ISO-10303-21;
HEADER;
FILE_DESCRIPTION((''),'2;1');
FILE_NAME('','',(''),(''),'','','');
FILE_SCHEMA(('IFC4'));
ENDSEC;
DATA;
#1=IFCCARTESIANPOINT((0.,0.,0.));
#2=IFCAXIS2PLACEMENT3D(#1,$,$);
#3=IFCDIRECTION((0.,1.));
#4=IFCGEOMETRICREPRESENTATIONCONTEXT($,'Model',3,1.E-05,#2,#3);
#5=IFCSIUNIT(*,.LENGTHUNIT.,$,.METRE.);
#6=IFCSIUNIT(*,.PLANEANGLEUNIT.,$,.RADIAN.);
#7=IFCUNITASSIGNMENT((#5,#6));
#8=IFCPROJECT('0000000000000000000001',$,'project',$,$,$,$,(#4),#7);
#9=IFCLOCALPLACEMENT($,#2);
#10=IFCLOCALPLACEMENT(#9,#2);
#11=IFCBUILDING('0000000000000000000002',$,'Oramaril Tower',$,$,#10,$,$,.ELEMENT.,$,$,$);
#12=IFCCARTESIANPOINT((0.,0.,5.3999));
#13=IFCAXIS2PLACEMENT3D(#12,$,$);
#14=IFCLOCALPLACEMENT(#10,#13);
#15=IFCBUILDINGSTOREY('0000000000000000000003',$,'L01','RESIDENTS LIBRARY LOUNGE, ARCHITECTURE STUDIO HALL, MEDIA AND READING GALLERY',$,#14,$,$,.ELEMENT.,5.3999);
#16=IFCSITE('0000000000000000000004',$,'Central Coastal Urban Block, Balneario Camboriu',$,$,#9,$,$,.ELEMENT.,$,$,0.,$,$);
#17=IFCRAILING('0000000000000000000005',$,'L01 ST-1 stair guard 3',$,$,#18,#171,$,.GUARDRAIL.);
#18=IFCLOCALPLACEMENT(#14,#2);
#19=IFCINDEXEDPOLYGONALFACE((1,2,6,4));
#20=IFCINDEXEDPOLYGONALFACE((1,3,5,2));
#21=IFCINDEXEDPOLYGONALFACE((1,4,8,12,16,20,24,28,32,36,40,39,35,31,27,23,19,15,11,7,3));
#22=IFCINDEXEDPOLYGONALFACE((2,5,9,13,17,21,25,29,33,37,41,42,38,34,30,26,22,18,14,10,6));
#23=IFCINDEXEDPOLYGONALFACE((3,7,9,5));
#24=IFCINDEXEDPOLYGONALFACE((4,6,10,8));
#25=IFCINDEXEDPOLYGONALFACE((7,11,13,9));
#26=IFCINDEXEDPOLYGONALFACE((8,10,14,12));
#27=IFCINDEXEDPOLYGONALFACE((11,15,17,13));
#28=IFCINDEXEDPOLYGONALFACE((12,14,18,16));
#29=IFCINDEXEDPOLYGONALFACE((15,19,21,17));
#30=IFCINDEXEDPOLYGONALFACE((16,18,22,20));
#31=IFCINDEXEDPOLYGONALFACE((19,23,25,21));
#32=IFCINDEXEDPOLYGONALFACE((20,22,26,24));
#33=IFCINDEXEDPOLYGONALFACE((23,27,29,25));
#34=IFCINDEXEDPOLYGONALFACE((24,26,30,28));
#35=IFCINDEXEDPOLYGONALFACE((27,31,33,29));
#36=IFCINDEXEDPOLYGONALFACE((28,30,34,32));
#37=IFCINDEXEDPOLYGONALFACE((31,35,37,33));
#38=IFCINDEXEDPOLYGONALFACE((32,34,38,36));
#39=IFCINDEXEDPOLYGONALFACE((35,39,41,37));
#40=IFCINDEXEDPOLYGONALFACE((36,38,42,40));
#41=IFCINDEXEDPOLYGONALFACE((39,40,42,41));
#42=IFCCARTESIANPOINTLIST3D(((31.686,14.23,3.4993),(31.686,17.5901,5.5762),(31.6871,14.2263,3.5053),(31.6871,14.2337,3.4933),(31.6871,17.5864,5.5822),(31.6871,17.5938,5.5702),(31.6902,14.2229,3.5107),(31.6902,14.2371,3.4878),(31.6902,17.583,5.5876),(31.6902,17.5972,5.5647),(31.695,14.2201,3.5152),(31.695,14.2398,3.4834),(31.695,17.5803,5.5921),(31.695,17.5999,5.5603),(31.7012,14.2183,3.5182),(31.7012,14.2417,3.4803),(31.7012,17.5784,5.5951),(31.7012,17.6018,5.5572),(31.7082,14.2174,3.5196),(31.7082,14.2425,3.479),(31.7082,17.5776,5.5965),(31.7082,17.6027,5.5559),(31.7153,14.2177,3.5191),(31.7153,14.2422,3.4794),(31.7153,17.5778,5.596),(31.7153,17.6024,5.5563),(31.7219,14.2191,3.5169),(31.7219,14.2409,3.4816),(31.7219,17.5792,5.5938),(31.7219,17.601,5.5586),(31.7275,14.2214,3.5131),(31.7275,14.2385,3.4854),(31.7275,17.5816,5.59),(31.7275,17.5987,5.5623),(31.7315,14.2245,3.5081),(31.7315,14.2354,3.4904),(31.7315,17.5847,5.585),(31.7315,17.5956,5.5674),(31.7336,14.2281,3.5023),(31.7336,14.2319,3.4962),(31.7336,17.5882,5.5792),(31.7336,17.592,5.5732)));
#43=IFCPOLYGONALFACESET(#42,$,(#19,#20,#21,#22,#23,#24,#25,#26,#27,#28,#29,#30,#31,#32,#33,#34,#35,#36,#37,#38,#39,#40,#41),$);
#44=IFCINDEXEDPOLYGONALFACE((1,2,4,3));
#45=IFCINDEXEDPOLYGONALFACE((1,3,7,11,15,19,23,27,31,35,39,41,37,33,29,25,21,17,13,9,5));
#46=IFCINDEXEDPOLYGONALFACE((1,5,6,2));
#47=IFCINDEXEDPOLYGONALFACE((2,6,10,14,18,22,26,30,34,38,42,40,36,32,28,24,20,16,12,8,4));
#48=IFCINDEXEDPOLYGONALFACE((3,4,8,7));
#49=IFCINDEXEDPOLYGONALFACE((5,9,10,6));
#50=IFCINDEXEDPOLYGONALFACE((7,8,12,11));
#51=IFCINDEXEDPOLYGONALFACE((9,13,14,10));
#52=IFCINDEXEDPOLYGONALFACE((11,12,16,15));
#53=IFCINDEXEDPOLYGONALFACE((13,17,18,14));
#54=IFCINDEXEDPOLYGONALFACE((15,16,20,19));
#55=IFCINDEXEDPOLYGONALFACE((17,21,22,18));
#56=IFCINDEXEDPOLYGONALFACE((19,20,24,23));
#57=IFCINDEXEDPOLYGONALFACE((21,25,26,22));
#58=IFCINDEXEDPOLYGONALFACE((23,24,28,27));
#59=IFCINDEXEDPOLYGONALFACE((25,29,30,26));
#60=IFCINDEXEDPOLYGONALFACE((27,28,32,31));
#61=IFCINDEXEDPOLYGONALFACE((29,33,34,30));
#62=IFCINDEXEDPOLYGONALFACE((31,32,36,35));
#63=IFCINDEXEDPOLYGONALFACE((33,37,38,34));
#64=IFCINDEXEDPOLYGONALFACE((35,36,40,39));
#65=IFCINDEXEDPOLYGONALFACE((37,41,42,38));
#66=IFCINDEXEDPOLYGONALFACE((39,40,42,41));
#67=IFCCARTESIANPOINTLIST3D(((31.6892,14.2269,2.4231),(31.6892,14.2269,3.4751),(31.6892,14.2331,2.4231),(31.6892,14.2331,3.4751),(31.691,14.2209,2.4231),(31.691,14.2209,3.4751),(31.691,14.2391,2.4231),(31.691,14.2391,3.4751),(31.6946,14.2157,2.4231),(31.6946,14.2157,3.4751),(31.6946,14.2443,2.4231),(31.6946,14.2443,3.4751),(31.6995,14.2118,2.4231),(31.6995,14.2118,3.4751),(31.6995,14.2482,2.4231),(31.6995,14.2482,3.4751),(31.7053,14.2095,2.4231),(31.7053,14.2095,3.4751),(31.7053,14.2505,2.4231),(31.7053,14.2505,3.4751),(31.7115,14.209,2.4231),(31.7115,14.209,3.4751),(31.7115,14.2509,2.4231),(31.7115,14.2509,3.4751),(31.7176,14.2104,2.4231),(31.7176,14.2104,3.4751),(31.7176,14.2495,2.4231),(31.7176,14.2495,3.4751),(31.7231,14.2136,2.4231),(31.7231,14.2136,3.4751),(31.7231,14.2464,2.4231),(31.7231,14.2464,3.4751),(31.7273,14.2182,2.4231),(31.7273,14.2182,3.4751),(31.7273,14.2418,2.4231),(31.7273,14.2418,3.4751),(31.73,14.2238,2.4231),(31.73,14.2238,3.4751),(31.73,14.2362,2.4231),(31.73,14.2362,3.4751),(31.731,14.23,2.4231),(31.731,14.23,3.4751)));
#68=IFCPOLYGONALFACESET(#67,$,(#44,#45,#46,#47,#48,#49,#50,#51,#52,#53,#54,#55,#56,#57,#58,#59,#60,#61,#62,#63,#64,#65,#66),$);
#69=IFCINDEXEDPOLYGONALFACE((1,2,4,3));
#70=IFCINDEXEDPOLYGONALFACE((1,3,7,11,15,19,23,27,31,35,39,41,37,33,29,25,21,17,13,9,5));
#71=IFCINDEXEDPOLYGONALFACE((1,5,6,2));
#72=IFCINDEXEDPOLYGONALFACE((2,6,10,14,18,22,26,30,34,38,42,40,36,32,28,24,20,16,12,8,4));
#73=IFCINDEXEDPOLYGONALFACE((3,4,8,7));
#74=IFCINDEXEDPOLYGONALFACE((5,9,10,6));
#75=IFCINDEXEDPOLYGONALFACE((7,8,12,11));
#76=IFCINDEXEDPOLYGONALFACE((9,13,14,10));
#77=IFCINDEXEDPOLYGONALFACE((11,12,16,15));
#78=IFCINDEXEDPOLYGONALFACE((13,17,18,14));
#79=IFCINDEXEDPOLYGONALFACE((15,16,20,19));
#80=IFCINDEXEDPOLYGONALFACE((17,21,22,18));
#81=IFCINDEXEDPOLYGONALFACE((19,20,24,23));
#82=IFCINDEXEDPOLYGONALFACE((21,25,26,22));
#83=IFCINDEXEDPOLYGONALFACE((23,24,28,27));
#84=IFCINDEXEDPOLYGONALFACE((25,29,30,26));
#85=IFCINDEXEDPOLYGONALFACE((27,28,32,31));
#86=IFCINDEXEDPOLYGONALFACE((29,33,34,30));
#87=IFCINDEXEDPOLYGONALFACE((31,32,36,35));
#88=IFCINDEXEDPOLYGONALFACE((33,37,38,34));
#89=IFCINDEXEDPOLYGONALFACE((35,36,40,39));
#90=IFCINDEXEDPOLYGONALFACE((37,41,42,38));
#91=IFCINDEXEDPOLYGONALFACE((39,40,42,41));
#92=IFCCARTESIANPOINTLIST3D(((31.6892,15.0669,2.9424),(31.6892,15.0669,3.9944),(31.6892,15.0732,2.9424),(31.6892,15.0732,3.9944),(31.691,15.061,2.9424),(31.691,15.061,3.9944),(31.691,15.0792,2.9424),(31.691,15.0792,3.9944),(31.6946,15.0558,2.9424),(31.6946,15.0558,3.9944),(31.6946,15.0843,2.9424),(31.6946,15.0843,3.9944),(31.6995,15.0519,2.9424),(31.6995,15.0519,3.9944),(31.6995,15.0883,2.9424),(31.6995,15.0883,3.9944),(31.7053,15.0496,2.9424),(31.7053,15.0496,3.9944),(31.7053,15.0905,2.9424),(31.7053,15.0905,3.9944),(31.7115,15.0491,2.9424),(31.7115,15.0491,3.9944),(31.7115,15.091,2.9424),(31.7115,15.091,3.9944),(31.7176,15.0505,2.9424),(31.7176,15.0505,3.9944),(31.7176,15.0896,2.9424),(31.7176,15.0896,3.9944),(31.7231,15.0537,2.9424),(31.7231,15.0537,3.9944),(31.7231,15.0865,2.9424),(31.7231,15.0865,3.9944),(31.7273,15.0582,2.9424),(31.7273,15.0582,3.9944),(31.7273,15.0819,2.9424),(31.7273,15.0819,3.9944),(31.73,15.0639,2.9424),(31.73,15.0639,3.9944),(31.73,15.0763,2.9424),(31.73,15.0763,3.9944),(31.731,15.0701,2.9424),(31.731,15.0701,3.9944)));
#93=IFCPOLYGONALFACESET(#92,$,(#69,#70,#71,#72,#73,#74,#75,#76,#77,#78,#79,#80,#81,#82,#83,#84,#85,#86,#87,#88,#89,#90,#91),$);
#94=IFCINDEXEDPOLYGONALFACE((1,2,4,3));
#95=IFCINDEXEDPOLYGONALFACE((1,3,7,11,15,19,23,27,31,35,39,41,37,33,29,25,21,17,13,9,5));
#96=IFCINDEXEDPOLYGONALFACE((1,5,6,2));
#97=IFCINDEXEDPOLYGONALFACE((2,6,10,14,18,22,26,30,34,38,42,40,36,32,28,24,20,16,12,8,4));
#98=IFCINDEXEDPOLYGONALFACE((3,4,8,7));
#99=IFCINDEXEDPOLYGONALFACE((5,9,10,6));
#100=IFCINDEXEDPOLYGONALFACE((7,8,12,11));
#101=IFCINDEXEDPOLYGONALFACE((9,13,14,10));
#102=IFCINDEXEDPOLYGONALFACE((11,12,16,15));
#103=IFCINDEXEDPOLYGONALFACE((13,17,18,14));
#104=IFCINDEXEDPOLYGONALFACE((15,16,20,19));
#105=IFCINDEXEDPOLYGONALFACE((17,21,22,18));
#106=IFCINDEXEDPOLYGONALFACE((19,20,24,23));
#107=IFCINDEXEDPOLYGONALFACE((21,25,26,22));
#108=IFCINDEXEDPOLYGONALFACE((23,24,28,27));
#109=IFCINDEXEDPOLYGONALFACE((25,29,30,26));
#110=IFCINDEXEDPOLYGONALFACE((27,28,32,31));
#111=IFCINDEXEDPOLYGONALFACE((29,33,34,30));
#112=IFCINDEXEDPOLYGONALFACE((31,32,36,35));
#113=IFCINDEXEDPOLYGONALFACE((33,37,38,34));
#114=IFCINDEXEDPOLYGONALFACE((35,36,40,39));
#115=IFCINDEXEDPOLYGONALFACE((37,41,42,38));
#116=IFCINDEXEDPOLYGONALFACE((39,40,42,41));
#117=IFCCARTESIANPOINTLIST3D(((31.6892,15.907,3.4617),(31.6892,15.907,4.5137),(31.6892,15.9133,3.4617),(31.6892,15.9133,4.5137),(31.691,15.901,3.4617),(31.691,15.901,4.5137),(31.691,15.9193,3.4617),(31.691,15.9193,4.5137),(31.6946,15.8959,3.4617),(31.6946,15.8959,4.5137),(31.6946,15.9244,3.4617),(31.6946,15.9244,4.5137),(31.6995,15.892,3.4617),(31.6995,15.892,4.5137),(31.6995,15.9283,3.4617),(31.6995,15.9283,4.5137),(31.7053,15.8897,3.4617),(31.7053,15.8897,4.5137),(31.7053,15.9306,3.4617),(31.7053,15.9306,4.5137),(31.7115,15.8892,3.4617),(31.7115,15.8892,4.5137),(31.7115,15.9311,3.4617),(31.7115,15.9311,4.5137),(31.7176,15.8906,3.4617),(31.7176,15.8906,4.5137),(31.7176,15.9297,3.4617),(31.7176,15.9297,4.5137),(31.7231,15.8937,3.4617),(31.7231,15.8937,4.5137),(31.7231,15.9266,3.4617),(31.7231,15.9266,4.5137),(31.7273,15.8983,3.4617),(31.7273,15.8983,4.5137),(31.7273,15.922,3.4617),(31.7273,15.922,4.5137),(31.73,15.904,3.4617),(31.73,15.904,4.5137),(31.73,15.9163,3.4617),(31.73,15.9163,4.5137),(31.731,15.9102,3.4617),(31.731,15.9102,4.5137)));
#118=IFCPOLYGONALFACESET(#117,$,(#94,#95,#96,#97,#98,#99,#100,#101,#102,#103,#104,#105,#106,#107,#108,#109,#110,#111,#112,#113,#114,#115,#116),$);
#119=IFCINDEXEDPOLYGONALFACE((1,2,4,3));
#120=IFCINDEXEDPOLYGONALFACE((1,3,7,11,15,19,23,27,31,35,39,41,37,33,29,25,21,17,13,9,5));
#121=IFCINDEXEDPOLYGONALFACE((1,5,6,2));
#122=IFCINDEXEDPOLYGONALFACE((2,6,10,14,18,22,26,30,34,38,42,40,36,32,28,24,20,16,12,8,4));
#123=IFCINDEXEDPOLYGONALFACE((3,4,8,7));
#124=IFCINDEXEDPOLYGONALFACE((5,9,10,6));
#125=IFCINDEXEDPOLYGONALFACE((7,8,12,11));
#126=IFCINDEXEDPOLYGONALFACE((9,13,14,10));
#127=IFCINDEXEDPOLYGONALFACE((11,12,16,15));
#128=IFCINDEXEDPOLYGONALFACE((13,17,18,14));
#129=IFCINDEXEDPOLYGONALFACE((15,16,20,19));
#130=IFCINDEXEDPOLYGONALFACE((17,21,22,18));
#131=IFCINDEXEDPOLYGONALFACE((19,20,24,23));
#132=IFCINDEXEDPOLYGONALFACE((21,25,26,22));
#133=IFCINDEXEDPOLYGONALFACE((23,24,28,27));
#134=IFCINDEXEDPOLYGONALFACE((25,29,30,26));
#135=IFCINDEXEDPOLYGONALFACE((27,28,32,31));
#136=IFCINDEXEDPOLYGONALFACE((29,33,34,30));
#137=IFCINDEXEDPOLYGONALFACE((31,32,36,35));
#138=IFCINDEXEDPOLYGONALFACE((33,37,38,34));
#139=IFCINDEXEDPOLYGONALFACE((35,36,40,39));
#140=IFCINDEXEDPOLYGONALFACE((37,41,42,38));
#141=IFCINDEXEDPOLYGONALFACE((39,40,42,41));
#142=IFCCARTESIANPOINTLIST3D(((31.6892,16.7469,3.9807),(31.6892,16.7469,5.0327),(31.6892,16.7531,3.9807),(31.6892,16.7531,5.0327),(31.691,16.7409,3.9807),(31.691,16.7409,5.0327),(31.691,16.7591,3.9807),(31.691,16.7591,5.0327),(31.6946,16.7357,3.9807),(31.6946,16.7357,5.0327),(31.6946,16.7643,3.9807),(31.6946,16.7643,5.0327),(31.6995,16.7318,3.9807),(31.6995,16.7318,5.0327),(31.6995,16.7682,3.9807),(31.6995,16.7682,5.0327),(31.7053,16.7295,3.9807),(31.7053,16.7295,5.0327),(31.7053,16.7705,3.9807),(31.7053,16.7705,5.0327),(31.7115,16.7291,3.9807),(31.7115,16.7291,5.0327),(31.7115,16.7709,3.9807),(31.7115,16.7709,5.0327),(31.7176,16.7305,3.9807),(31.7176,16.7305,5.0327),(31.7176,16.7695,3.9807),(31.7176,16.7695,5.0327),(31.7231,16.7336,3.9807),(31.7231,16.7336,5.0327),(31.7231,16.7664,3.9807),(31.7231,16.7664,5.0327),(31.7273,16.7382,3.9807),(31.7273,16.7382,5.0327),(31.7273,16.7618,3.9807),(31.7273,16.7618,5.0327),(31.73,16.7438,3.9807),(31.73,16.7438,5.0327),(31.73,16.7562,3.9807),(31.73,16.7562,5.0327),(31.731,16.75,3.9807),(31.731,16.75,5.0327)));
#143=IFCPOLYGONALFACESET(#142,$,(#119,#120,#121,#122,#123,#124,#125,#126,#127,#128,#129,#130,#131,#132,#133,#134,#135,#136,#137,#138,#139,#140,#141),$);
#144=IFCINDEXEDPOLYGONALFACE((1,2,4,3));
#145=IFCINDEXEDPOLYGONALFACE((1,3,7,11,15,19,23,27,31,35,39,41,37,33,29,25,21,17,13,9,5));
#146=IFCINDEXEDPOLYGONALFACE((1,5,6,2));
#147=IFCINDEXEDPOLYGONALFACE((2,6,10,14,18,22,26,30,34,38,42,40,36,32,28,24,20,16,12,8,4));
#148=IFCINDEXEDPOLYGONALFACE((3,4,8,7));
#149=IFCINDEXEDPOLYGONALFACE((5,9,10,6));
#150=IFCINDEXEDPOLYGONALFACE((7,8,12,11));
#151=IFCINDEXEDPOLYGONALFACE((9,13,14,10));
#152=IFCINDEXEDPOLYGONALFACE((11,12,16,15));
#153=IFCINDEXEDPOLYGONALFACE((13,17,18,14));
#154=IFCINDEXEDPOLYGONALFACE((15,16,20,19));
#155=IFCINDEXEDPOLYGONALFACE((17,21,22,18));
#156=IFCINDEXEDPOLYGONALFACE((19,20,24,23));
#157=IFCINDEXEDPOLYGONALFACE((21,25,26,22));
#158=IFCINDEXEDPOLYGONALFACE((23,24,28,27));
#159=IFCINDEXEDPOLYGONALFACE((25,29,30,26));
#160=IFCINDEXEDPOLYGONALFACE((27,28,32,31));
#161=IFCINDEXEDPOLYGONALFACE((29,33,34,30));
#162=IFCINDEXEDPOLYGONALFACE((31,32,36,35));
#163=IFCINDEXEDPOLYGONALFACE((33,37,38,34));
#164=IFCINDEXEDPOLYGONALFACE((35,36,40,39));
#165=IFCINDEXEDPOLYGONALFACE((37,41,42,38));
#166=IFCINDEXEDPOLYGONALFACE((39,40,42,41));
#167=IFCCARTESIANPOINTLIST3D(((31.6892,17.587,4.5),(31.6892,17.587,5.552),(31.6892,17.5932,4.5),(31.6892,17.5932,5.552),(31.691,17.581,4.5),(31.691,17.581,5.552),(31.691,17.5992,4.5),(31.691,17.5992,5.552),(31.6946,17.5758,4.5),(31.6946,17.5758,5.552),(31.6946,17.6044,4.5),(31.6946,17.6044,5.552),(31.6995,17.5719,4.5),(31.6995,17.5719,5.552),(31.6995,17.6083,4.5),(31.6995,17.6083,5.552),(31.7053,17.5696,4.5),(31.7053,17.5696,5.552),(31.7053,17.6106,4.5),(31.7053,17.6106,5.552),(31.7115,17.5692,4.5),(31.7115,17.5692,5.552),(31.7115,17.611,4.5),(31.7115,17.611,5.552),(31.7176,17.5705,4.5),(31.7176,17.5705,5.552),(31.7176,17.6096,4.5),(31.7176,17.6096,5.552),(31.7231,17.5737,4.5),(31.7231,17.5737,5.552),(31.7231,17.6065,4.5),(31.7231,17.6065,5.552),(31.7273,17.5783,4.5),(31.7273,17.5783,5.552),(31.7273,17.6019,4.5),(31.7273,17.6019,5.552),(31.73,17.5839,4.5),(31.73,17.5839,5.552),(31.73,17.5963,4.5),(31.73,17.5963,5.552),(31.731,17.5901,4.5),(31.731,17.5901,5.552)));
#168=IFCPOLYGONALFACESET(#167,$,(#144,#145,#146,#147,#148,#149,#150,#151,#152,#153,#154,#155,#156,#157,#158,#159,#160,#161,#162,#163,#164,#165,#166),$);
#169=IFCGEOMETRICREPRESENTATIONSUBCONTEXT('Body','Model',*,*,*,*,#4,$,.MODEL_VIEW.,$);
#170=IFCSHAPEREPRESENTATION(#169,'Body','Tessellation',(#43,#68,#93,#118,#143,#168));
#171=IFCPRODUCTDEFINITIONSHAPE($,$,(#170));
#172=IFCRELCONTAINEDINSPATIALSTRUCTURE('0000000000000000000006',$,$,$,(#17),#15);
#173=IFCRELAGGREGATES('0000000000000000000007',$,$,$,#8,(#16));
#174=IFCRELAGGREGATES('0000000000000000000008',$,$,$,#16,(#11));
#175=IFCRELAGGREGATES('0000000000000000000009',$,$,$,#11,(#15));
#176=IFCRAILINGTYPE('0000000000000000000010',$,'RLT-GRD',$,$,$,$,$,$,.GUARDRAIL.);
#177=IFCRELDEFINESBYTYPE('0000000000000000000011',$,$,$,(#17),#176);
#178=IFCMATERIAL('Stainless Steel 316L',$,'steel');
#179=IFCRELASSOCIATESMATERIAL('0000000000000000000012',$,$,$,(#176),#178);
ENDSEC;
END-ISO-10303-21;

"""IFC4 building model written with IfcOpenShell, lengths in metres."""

from ifc_helpers import new_model, si_unit, direction, frame, origin, origin_2d, place, context, subcontext, project, spatial, circle, extrude, material, type_object, element, save


model = new_model("IFC4")

# Units and contexts
model_context = context("Model", 3, precision=1e-05, world=origin(), true_north=direction((0.0, 1.0)))
body_context = subcontext(model_context, "Body", "Model", "MODEL_VIEW")
ifc_project = project(units=[si_unit("LENGTHUNIT", "METRE"), si_unit("PLANEANGLEUNIT", "RADIAN")], contexts=[model_context])

# Site, building, storey
site_placement = place(None, origin())
site = spatial("IfcSite", under=ifc_project, at=site_placement, Name="Central Coastal Urban Block, Balneario Camboriu", CompositionType="ELEMENT", RefElevation=0.0)
building_placement = place(site_placement, origin())
building = spatial("IfcBuilding", under=site, at=building_placement, Name="Oramaril Tower", CompositionType="ELEMENT")
storey_placement = place(building_placement, frame((0.0, 0.0, 5.3999)))
storey = spatial("IfcBuildingStorey", under=building, at=storey_placement, Name="L01", Description="RESIDENTS LIBRARY LOUNGE, ARCHITECTURE STUDIO HALL, MEDIA AND READING GALLERY", CompositionType="ELEMENT", Elevation=5.3999)

# Railing
ifc_material_1 = material(Name="Stainless Steel 316L", Category="steel")
railing_type_1 = type_object("IfcRailingType", Name="RLT-GRD", PredefinedType="GUARDRAIL", material=ifc_material_1)
railing_1_placement = place(storey_placement, frame((31.71, 14.23, 2.4231)))
element("IfcRailing", 1, at=railing_1_placement, inside=storey, type_object=railing_type_1, Name="L01 ST-1 stair guard 3", PredefinedType="GUARDRAIL", context=body_context, shape_type="SweptSolid", body=[
    extrude(circle(Radius=0.0239, at=origin_2d()), frame((0.0, 0.0, 1.0762), z_axis=(0.0, 0.850623, 0.525776), x_axis=(-1.0, 0.0, 0.0)), (0.0, 0.0, 1.0), 3.9502),
    extrude(circle(Radius=0.021, at=origin_2d()), origin(), (0.0, 0.0, 1.0), 1.052),
    extrude(circle(Radius=0.021, at=origin_2d()), frame((0.0, 0.8401, 0.5193)), (0.0, 0.0, 1.0), 1.052),
    extrude(circle(Radius=0.021, at=origin_2d()), frame((0.0, 1.6802, 1.0386)), (0.0, 0.0, 1.0), 1.052),
    extrude(circle(Radius=0.021, at=origin_2d()), frame((0.0, 2.52, 1.5576)), (0.0, 0.0, 1.0), 1.052),
    extrude(circle(Radius=0.021, at=origin_2d()), frame((0.0, 3.3601, 2.0769)), (0.0, 0.0, 1.0), 1.052),
])

save(model, "model.ifc")
